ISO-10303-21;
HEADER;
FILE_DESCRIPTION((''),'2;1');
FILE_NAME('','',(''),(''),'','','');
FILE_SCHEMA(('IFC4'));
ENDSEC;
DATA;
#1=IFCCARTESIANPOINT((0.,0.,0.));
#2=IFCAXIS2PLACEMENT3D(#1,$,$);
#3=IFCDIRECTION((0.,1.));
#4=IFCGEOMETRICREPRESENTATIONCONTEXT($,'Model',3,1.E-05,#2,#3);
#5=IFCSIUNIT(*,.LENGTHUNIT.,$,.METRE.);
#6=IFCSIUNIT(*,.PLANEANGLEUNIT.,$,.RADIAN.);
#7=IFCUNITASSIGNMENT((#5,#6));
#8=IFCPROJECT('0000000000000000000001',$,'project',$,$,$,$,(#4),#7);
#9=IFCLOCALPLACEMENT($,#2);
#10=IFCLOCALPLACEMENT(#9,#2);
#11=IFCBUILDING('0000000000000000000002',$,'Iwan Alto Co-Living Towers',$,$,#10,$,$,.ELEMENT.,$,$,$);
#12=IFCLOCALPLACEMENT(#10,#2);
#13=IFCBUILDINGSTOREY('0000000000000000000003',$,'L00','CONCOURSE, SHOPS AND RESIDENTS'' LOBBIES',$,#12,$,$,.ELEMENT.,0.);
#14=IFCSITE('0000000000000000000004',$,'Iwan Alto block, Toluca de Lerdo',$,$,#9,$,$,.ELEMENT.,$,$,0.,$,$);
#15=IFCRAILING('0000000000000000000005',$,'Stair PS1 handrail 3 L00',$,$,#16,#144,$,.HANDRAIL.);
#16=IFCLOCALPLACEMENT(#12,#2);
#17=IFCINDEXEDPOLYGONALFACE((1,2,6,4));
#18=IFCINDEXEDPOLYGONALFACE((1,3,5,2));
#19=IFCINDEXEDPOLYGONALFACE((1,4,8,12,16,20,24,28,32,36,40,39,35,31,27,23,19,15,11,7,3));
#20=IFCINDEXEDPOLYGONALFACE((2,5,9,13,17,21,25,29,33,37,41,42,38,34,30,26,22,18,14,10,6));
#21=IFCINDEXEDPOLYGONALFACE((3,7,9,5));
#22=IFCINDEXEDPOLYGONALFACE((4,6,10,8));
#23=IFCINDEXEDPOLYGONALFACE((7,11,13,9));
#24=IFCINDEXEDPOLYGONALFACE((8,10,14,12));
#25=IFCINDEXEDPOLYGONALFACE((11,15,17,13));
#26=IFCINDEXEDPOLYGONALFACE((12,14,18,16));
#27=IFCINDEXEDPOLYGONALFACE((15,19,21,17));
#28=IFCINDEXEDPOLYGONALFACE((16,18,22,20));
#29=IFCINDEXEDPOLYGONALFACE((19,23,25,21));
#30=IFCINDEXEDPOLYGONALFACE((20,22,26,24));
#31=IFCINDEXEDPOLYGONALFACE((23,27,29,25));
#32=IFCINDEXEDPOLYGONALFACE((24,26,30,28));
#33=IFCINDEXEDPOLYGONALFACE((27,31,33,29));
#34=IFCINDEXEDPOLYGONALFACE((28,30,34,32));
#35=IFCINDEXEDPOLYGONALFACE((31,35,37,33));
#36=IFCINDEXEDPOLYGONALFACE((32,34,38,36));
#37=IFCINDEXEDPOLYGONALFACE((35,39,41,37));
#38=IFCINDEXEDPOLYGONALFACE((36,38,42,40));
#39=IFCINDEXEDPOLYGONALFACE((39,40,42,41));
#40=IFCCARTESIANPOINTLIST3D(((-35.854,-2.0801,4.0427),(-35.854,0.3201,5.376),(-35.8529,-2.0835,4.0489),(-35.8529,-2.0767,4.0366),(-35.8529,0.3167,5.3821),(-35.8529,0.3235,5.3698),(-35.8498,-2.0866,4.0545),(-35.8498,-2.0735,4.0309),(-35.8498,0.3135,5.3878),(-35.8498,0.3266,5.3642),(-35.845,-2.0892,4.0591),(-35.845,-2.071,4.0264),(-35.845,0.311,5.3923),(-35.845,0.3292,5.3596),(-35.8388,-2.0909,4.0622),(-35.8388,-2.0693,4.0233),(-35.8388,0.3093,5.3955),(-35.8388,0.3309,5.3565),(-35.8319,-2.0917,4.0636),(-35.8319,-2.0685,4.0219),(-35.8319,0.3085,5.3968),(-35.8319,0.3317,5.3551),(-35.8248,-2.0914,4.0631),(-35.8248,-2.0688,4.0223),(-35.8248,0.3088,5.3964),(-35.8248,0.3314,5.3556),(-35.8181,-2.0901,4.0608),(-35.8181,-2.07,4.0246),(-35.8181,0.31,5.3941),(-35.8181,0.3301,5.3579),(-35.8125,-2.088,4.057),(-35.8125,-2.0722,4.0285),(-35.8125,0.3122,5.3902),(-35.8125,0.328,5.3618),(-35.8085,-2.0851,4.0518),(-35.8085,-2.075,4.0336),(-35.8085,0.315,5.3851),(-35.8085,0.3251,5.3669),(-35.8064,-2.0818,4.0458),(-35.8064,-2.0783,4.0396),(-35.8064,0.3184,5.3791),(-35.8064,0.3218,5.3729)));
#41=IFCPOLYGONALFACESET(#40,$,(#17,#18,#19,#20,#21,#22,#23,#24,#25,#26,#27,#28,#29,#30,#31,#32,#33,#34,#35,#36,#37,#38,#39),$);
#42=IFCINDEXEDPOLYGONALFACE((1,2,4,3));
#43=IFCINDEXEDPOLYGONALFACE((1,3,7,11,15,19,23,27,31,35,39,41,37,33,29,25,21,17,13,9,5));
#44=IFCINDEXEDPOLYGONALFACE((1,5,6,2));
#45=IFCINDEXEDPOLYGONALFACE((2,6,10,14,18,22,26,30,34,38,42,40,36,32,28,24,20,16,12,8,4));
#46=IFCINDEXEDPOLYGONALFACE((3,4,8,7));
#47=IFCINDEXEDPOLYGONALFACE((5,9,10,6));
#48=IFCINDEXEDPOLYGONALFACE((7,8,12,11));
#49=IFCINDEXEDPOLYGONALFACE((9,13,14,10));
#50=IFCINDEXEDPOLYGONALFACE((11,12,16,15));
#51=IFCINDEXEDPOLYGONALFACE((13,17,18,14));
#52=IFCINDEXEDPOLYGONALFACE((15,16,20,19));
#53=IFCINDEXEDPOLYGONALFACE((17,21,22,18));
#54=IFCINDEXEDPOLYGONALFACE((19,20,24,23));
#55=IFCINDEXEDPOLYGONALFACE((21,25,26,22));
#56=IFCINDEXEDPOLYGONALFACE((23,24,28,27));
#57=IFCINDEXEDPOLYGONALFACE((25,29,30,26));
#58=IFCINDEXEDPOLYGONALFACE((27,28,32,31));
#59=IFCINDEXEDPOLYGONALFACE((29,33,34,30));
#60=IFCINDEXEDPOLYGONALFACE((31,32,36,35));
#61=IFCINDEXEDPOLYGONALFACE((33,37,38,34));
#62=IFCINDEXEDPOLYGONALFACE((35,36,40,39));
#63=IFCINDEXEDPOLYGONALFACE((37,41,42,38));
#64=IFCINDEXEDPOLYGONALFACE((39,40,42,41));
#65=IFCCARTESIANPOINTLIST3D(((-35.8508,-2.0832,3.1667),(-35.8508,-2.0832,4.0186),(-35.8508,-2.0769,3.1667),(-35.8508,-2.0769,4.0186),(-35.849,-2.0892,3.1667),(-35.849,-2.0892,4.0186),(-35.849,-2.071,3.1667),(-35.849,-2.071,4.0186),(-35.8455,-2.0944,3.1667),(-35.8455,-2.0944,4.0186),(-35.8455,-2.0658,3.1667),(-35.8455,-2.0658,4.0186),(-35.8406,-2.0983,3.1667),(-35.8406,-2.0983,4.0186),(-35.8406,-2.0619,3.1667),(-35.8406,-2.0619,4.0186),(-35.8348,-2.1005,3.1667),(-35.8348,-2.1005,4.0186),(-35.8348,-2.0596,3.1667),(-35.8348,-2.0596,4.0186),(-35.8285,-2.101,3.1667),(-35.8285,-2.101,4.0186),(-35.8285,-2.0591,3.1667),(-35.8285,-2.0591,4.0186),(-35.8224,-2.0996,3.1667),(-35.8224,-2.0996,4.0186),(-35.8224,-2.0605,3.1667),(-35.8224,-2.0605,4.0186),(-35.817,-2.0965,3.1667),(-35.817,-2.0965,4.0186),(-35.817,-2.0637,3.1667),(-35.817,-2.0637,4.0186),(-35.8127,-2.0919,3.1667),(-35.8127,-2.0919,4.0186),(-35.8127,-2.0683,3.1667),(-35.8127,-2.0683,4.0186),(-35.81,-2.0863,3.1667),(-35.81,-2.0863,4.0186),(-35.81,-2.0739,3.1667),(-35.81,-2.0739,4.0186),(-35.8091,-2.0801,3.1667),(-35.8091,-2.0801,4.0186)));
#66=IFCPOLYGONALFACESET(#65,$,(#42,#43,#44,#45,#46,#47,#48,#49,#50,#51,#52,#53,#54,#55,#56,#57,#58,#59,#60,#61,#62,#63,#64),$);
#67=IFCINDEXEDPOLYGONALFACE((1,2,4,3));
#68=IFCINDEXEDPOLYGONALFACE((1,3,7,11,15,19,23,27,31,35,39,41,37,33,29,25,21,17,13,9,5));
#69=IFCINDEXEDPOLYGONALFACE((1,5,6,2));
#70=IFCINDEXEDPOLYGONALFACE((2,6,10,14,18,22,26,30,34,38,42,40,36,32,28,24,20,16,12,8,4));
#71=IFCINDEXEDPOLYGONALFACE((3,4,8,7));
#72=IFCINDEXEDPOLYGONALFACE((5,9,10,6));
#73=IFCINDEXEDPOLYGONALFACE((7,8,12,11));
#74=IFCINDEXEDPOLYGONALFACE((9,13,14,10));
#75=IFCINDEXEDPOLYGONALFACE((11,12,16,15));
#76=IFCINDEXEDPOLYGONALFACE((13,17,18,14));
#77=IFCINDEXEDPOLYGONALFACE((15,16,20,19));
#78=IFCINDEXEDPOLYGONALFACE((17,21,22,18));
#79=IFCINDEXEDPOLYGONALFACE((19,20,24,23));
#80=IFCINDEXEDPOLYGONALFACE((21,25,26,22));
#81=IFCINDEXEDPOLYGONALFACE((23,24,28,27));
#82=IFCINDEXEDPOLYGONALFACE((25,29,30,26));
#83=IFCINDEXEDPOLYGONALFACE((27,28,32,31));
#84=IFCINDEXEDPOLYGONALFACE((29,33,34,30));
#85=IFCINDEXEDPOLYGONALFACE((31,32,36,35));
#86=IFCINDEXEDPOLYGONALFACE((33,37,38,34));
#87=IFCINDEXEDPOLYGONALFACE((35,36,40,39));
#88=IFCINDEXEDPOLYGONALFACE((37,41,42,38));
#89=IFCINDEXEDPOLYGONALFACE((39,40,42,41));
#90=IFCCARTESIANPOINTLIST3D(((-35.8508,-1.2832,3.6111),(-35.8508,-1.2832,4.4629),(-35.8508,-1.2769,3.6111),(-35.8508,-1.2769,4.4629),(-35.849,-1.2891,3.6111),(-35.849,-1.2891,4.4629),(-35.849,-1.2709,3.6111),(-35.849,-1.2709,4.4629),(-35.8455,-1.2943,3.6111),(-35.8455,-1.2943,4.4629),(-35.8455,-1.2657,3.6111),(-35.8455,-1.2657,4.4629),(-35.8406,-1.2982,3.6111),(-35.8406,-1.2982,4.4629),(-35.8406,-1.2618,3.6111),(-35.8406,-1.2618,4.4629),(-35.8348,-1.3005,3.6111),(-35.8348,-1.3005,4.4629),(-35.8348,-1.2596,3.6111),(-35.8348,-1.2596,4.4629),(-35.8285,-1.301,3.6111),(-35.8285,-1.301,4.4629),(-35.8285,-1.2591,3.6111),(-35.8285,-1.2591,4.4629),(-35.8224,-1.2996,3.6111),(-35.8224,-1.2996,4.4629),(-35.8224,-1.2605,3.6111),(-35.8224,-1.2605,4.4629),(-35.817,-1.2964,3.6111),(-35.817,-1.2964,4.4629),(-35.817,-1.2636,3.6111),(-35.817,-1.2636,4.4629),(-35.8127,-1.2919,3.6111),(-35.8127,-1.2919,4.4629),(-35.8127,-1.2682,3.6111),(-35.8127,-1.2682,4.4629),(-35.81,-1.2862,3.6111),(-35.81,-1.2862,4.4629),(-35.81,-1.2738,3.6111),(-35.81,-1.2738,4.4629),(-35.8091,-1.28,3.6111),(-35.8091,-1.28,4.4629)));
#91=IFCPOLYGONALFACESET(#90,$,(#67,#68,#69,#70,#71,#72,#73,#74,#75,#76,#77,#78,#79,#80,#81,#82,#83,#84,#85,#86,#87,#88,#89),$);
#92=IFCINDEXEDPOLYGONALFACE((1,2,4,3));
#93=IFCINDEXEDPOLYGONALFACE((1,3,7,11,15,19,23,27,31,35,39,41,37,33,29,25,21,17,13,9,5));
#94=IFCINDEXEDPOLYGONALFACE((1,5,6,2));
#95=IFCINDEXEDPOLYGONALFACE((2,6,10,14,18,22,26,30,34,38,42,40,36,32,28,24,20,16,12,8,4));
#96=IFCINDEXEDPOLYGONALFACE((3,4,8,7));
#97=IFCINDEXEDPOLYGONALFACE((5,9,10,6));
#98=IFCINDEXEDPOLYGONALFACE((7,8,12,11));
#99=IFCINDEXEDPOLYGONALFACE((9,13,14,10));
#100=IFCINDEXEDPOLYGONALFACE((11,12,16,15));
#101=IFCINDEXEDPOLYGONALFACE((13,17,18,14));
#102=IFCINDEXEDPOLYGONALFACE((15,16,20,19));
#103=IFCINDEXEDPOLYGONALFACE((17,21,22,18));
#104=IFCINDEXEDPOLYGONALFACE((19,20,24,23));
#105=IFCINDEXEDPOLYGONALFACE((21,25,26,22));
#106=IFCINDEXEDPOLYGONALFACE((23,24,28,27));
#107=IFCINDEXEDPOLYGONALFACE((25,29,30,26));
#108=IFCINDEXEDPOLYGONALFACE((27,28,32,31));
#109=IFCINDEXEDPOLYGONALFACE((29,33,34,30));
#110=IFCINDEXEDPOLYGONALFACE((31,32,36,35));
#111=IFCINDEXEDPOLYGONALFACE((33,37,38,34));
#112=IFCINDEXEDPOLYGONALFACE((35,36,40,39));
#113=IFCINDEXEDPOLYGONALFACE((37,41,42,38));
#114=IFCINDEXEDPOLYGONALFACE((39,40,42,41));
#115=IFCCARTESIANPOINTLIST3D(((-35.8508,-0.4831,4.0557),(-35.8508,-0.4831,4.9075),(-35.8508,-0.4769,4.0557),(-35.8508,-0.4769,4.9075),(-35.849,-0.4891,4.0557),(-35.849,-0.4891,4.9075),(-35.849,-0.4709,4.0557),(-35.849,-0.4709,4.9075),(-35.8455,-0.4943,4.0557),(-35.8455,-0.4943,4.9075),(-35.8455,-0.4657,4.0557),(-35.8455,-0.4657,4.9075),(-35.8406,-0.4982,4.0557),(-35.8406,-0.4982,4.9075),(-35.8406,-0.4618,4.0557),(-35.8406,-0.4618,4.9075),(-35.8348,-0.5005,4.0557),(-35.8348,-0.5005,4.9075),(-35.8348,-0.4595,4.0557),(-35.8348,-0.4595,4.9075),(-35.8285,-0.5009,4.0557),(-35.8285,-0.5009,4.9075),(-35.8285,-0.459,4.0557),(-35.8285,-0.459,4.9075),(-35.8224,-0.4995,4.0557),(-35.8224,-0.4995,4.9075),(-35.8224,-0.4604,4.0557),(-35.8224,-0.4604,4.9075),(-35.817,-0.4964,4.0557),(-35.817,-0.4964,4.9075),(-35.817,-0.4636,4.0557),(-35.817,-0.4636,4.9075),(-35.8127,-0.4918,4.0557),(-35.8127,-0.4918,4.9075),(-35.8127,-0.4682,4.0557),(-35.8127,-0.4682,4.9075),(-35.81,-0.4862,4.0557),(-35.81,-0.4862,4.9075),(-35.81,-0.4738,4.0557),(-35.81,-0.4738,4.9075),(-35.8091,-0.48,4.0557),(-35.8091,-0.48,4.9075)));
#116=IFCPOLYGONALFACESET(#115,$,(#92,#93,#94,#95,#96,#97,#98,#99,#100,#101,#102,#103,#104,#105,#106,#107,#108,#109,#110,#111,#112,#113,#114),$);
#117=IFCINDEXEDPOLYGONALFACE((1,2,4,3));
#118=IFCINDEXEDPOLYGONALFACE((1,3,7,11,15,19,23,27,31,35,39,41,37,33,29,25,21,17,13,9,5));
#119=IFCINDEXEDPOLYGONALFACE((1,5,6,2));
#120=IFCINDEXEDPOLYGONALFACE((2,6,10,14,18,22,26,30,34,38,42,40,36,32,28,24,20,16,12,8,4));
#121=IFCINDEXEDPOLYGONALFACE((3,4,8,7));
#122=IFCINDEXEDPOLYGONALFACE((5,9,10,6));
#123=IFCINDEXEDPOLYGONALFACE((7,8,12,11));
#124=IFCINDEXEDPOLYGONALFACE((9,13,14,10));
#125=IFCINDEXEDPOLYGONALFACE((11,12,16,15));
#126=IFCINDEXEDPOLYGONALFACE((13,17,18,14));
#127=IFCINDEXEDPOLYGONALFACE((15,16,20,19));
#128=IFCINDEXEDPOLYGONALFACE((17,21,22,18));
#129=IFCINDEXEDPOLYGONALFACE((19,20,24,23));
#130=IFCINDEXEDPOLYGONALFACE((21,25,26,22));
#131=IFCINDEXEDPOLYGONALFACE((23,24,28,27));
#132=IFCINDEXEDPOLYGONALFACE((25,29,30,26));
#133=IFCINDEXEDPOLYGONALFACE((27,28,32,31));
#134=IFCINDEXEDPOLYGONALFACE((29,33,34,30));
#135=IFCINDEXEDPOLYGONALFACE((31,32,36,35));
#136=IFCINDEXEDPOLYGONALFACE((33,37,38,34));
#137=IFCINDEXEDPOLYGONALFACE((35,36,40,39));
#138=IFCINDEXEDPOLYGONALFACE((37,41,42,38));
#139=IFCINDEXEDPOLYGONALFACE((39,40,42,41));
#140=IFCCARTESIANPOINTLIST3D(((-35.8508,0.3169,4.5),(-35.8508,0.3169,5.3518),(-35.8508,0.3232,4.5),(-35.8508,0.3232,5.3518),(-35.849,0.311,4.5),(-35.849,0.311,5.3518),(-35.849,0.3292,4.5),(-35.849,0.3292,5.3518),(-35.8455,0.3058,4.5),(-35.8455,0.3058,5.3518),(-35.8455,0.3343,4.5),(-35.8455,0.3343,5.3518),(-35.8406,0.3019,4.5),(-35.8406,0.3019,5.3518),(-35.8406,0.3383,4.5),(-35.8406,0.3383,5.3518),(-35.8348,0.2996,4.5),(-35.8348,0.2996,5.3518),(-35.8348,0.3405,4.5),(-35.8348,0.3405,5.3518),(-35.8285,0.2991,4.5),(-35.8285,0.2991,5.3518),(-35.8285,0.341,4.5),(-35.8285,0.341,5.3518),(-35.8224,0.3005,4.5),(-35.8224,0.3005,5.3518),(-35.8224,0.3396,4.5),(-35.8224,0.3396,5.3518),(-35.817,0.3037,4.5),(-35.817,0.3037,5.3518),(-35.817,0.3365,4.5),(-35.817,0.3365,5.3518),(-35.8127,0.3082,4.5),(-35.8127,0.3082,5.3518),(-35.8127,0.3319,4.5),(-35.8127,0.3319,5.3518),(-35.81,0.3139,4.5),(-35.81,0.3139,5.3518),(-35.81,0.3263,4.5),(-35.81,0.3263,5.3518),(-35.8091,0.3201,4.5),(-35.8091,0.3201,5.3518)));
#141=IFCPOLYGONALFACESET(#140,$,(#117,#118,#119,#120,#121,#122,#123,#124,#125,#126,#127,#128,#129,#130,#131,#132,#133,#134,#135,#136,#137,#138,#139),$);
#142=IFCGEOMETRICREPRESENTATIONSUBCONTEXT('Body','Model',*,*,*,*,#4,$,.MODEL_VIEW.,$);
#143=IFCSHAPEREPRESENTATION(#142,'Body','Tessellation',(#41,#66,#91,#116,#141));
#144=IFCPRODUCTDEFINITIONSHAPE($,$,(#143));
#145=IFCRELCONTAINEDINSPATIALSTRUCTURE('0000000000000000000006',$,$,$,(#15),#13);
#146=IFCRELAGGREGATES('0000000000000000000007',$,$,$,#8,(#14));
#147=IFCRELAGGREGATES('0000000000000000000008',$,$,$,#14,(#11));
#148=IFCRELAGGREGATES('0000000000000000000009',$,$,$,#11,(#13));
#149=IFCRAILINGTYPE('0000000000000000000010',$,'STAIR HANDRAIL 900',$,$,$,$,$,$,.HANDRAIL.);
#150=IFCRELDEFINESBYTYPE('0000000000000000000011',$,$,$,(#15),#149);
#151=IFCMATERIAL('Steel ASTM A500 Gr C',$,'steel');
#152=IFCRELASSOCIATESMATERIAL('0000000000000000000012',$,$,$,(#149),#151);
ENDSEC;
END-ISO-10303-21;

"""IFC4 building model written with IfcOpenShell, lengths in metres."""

from ifc_helpers import new_model, si_unit, direction, frame, origin, origin_2d, place, context, subcontext, project, spatial, circle, extrude, material, type_object, element, save


model = new_model("IFC4")

# Units and contexts
model_context = context("Model", 3, precision=1e-05, world=origin(), true_north=direction((0.0, 1.0)))
body_context = subcontext(model_context, "Body", "Model", "MODEL_VIEW")
ifc_project = project(units=[si_unit("LENGTHUNIT", "METRE"), si_unit("PLANEANGLEUNIT", "RADIAN")], contexts=[model_context])

# Site, building, storey
site_placement = place(None, origin())
site = spatial("IfcSite", under=ifc_project, at=site_placement, Name="Iwan Alto block, Toluca de Lerdo", CompositionType="ELEMENT", RefElevation=0.0)
building_placement = place(site_placement, origin())
building = spatial("IfcBuilding", under=site, at=building_placement, Name="Iwan Alto Co-Living Towers", CompositionType="ELEMENT")
storey_placement = place(building_placement, origin())
storey = spatial("IfcBuildingStorey", under=building, at=storey_placement, Name="L00", Description="CONCOURSE, SHOPS AND RESIDENTS' LOBBIES", CompositionType="ELEMENT", Elevation=0.0)

# Railing
ifc_material_1 = material(Name="Steel ASTM A500 Gr C", Category="steel")
railing_type_1 = type_object("IfcRailingType", Name="STAIR HANDRAIL 900", PredefinedType="HANDRAIL", material=ifc_material_1)
for number, where, name in (
    (1, (-35.8301, -2.0801, 3.1667), "Stair PS1 handrail 3 L00"),
):
    element("IfcRailing", number, at=place(storey_placement, frame(where)), inside=storey, type_object=railing_type_1, Name=name, PredefinedType="HANDRAIL", context=body_context, shape_type="SweptSolid", body=[
        extrude(circle(Radius=0.0239, at=origin_2d()), frame((0.0, 0.0, 0.876), z_axis=(0.0, 0.874182, 0.485598), x_axis=(-1.0, 0.0, 0.0)), (0.0, 0.0, 1.0), 2.7456),
        extrude(circle(Radius=0.021, at=origin_2d()), origin(), (0.0, 0.0, 1.0), 0.8518),
        extrude(circle(Radius=0.021, at=origin_2d()), frame((0.0, 0.8, 0.4443)), (0.0, 0.0, 1.0), 0.8518),
        extrude(circle(Radius=0.021, at=origin_2d()), frame((0.0, 1.6001, 0.8889)), (0.0, 0.0, 1.0), 0.8518),
        extrude(circle(Radius=0.021, at=origin_2d()), frame((0.0, 2.4001, 1.3333)), (0.0, 0.0, 1.0), 0.8518),
    ])

save(model, "model.ifc")
